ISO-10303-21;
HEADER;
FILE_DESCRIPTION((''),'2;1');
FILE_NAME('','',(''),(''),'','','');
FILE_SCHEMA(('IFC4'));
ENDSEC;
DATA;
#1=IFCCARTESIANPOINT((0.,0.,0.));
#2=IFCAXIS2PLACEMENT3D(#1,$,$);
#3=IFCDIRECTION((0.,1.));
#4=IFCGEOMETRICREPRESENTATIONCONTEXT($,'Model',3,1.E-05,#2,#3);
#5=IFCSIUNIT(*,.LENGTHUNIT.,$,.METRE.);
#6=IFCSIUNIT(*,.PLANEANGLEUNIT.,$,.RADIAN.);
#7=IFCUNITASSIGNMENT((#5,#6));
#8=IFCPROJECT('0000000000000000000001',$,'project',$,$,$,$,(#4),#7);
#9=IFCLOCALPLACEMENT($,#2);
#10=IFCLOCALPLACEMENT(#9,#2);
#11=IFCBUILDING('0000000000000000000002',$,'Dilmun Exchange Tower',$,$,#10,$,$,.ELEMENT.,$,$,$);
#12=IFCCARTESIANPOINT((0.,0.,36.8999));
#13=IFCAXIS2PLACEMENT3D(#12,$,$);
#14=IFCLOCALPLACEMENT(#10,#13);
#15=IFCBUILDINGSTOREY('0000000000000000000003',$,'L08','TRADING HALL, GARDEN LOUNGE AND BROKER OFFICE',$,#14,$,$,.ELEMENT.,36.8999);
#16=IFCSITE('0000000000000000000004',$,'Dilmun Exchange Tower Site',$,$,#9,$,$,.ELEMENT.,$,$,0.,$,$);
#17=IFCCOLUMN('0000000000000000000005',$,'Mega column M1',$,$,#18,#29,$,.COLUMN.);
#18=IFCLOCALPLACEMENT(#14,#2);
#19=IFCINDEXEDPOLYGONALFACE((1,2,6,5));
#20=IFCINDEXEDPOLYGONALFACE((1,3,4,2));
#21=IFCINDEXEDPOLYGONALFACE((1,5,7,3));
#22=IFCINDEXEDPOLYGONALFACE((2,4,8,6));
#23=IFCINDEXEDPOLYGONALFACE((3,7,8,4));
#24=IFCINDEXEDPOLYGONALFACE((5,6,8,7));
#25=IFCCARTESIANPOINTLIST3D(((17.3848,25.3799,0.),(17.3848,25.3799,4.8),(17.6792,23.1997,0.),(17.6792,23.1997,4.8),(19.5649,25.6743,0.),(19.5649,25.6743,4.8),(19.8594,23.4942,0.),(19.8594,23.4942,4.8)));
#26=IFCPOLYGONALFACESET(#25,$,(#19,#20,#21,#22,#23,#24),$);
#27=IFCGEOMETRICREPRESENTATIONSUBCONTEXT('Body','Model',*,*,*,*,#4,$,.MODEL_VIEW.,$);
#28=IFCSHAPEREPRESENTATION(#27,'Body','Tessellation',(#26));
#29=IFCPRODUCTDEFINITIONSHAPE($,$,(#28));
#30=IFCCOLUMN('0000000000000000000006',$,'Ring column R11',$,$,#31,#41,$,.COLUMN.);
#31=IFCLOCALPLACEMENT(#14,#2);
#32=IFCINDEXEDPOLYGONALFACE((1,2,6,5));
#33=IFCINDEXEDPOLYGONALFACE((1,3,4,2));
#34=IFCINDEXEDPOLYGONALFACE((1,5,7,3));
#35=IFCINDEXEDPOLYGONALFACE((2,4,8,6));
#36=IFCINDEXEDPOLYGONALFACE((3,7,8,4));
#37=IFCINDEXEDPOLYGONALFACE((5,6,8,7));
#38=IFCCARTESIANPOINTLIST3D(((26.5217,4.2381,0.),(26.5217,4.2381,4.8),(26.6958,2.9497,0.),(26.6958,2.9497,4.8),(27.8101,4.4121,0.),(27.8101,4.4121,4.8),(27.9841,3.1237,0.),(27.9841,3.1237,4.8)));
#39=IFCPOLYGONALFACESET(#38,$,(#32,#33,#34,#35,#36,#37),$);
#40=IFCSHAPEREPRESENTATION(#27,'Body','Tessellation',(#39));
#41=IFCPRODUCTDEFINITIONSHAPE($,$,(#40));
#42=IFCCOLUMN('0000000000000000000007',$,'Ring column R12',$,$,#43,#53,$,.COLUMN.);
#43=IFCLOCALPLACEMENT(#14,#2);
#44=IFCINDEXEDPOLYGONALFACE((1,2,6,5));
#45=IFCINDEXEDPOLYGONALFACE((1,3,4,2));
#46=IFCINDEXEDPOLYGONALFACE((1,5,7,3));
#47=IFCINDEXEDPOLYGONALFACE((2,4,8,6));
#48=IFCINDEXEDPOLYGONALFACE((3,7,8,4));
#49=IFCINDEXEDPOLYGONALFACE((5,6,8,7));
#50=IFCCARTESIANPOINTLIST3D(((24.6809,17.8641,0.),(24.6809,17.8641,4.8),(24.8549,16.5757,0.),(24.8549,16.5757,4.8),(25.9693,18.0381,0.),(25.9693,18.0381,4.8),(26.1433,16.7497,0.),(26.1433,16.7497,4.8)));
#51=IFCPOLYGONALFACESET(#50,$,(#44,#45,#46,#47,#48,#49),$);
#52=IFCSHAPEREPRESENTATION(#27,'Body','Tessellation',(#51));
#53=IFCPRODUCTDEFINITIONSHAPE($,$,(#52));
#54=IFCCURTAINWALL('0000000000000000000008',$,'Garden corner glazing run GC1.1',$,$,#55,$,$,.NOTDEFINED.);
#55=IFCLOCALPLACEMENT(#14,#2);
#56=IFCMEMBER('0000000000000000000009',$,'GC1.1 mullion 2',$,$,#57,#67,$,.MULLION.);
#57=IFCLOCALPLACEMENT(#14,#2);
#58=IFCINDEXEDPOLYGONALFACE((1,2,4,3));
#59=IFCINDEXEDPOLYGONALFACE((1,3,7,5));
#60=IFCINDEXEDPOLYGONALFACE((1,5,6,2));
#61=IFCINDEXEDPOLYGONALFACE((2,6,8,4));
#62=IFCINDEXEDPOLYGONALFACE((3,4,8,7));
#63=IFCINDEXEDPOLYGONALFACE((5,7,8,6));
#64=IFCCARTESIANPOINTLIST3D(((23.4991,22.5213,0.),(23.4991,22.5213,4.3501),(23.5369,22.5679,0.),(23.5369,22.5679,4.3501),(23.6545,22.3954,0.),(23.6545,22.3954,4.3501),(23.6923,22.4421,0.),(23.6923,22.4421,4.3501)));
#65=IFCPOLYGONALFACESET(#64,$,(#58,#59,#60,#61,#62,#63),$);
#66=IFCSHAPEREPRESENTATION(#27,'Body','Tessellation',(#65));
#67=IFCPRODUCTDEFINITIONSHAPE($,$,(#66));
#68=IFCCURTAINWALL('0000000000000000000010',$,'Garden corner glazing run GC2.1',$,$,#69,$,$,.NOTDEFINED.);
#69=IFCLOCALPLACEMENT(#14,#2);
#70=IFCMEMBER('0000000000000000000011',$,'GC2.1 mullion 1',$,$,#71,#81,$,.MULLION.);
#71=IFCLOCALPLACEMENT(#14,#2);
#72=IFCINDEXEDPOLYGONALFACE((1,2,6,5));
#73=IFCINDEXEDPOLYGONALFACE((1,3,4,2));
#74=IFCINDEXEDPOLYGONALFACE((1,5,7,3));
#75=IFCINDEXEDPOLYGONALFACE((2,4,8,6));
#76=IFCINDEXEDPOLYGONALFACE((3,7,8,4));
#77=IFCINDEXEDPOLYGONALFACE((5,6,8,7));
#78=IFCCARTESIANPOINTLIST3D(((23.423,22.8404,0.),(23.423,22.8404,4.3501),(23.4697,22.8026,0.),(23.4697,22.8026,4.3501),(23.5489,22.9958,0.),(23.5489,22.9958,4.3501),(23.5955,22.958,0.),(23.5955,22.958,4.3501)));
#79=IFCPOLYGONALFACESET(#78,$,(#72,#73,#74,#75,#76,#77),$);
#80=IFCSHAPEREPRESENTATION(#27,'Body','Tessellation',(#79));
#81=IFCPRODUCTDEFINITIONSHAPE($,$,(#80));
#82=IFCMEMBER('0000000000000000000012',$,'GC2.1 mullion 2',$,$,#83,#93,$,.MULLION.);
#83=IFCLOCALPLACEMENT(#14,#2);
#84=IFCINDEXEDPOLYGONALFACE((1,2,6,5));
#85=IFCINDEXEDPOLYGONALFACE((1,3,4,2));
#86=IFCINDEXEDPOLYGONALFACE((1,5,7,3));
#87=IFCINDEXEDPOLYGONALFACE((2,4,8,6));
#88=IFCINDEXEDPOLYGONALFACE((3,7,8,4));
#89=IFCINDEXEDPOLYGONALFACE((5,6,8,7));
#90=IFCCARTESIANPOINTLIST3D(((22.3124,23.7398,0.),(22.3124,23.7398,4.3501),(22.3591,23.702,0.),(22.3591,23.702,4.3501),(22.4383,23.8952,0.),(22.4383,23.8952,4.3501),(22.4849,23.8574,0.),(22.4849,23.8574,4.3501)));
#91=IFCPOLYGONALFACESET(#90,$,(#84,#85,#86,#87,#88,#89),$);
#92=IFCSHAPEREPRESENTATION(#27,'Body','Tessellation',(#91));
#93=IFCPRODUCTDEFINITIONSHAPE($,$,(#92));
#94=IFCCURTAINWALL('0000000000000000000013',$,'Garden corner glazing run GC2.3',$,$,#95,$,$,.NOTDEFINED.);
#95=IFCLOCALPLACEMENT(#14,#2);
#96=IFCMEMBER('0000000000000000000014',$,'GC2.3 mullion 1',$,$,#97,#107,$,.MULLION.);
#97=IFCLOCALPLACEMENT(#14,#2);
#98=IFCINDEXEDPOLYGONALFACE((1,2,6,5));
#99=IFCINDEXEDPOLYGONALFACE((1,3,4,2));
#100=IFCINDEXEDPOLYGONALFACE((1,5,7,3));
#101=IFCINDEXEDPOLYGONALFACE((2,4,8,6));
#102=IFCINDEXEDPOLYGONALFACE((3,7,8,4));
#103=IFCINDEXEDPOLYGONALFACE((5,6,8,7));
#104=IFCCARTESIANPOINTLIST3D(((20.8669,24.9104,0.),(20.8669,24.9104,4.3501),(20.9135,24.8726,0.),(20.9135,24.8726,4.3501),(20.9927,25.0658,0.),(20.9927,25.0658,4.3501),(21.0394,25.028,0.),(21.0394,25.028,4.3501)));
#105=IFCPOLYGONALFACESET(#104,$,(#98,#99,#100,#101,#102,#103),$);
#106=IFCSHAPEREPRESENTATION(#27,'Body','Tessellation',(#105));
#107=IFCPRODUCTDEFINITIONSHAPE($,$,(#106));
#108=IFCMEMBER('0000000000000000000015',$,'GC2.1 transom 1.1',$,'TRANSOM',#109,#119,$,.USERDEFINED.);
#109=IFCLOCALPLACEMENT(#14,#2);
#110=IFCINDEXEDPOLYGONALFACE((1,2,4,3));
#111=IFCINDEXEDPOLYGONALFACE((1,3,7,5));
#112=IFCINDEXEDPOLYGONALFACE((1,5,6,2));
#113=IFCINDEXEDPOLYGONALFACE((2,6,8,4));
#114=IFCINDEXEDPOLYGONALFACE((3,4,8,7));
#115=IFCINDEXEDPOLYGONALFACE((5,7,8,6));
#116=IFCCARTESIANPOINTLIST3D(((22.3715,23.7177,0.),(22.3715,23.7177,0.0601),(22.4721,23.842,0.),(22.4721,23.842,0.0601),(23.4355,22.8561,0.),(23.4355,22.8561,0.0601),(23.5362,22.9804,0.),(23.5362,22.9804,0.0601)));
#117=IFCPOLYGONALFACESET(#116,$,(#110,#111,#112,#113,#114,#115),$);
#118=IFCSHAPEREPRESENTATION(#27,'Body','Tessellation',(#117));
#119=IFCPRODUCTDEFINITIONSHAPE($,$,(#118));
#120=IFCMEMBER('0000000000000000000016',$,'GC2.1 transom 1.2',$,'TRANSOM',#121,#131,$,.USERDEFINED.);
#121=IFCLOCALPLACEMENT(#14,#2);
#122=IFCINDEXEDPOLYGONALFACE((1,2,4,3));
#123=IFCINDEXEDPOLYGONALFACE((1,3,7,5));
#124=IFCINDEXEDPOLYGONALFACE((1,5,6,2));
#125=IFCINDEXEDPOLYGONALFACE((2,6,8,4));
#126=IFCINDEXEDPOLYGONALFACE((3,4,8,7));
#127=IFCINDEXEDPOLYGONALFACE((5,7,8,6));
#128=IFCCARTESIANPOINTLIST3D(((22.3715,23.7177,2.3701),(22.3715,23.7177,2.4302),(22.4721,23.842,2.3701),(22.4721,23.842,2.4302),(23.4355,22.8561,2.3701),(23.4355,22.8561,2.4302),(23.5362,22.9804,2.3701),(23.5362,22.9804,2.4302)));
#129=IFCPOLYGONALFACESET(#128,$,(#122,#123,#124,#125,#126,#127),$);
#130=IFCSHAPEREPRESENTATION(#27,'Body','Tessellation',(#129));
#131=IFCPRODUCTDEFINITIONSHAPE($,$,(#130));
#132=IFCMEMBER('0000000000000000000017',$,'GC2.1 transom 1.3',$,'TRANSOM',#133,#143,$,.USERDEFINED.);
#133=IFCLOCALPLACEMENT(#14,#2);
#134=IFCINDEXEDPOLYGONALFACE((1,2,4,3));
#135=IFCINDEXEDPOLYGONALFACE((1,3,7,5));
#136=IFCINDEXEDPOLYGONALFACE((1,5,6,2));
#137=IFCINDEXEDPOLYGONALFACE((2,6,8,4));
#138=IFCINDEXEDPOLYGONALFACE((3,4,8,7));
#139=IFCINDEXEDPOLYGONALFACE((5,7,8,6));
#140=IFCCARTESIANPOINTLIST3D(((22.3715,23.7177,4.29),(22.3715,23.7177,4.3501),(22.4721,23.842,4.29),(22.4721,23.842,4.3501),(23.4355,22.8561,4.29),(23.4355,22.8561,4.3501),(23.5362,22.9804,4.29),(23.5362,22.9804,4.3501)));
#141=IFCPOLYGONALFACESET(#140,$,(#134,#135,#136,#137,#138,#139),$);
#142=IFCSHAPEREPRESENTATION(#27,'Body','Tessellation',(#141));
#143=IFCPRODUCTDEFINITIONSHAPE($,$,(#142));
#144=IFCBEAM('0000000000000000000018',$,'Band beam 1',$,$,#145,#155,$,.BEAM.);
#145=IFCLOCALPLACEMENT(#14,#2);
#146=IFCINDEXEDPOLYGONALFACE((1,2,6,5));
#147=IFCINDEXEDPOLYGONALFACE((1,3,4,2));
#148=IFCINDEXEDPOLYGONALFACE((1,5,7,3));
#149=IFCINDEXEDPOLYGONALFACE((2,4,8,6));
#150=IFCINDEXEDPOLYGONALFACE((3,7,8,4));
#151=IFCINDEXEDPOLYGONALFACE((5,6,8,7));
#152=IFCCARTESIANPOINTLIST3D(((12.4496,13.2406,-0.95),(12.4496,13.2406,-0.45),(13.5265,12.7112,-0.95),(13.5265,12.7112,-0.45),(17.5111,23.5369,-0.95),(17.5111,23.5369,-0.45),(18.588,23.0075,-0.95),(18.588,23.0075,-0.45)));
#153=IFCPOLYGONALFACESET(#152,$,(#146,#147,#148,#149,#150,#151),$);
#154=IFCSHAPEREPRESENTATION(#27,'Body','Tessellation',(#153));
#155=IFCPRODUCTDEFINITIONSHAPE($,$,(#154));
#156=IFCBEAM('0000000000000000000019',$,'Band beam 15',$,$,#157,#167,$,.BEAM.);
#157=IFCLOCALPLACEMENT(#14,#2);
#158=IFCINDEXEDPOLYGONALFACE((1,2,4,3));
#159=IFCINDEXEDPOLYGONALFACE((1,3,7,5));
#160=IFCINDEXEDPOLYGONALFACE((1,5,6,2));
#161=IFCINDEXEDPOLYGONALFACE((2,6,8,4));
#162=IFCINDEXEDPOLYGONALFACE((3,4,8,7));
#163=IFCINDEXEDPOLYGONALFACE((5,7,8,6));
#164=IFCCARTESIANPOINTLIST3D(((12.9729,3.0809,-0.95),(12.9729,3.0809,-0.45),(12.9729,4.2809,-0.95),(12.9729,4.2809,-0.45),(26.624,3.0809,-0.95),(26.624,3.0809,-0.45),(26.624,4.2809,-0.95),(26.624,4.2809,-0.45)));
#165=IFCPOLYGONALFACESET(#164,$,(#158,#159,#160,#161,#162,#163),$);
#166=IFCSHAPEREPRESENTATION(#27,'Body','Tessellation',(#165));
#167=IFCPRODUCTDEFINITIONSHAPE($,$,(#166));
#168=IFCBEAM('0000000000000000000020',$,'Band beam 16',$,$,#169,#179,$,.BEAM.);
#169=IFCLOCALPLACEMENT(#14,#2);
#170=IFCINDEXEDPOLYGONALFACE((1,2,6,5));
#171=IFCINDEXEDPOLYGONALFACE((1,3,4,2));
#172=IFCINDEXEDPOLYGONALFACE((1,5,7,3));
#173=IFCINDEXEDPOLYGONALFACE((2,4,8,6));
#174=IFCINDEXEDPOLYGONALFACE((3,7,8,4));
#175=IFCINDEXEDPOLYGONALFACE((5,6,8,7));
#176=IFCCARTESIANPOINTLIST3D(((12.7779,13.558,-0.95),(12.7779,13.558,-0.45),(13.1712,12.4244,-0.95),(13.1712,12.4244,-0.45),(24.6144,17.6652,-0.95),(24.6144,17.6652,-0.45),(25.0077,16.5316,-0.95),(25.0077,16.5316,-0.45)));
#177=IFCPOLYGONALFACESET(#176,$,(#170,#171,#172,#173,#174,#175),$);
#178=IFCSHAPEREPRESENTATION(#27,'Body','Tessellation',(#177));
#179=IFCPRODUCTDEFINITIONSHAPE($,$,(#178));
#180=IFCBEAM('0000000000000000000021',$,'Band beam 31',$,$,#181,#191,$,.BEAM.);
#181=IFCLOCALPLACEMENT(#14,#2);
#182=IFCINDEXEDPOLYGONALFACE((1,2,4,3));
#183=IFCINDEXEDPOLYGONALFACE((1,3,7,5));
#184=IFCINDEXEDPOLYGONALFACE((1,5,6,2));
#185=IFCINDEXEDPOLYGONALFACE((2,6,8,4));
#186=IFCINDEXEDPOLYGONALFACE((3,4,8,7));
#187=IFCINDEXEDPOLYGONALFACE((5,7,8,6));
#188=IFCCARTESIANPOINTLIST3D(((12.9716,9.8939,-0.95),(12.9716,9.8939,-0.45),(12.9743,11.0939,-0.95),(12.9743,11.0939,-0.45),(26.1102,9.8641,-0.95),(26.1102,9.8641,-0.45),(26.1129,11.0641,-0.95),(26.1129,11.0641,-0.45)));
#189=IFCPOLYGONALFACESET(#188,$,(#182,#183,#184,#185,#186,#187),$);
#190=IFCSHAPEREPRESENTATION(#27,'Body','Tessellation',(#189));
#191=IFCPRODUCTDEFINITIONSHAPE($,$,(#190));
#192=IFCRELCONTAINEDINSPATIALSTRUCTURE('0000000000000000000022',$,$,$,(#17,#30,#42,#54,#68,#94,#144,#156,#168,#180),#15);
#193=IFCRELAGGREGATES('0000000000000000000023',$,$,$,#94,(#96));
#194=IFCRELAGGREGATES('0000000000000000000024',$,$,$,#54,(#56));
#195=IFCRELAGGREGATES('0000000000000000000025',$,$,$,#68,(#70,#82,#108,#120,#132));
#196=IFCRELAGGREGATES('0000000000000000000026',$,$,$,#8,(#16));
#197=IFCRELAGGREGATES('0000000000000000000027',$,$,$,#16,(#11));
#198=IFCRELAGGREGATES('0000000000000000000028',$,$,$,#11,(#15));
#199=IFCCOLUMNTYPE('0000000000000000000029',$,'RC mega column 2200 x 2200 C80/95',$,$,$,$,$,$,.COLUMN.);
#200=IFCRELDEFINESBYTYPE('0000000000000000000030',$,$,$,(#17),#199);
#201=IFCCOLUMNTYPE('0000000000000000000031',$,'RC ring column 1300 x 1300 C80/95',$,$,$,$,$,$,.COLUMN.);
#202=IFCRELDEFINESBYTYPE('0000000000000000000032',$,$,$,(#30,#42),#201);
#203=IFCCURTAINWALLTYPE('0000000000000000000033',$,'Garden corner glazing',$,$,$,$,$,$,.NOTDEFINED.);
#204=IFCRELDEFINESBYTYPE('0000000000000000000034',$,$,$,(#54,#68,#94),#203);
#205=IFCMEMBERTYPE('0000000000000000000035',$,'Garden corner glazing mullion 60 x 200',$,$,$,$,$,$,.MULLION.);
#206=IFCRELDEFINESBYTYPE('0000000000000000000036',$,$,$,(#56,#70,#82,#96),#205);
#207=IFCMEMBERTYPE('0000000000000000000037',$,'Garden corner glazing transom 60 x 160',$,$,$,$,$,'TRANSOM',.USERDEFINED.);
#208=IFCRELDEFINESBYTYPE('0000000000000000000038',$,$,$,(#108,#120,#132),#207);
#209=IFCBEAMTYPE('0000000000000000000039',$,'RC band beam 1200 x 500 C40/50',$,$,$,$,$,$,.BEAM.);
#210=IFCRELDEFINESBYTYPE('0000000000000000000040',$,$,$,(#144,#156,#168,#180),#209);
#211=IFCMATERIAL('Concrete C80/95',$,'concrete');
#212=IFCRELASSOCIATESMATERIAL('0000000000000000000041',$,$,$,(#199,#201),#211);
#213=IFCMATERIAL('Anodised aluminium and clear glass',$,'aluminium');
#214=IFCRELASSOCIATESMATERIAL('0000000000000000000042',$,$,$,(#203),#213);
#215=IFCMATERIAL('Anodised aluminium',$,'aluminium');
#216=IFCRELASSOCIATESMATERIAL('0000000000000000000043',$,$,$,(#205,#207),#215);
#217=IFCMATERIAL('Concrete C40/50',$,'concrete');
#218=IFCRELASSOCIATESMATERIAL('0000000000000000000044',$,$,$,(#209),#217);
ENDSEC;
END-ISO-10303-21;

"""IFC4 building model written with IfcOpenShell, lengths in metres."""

from ifc_helpers import new_model, si_unit, direction, frame, origin, origin_2d, place, context, subcontext, project, spatial, rectangle, extrude, material, material_profile, profile_set, type_object, element, aggregate, save


model = new_model("IFC4")

# Units and contexts
model_context = context("Model", 3, precision=1e-05, world=origin(), true_north=direction((0.0, 1.0)))
body_context = subcontext(model_context, "Body", "Model", "MODEL_VIEW")
ifc_project = project(units=[si_unit("LENGTHUNIT", "METRE"), si_unit("PLANEANGLEUNIT", "RADIAN")], contexts=[model_context])

# Site, building, storey
site_placement = place(None, origin())
site = spatial("IfcSite", under=ifc_project, at=site_placement, Name="Dilmun Exchange Tower Site", CompositionType="ELEMENT", RefElevation=0.0)
building_placement = place(site_placement, origin())
building = spatial("IfcBuilding", under=site, at=building_placement, Name="Dilmun Exchange Tower", CompositionType="ELEMENT")
storey_placement = place(building_placement, frame((0.0, 0.0, 36.8999)))
storey = spatial("IfcBuildingStorey", under=building, at=storey_placement, Name="L08", Description="TRADING HALL, GARDEN LOUNGE AND BROKER OFFICE", CompositionType="ELEMENT", Elevation=36.8999)

# Columns
ifc_material_1 = material(Name="Concrete C80/95", Category="concrete")
ifc_material_profile_1 = material_profile(ifc_material_1, rectangle(XDim=2.2, YDim=2.2, at=origin_2d()), Name="2200 x 2200")
ifc_profile_set_1 = profile_set([ifc_material_profile_1], Name="Concrete C80/95")
column_type_1 = type_object("IfcColumnType", Name="RC mega column 2200 x 2200 C80/95", PredefinedType="COLUMN", material=ifc_profile_set_1)
column_placement = place(storey_placement, frame((18.6221, 24.437, 0.0), z_axis=(0.0, 0.0, 1.0), x_axis=(0.991001, 0.133853, 0.0)))
element("IfcColumn", 1, at=column_placement, inside=storey, type_object=column_type_1, Name="Mega column M1", PredefinedType="COLUMN", context=body_context, shape_type="SweptSolid", body=[
    extrude(rectangle(XDim=2.2, YDim=2.2, at=origin_2d()), origin(), (0.0, 0.0, 1.0), 4.8),
])
ifc_material_profile_2 = material_profile(ifc_material_1, rectangle(XDim=1.3, YDim=1.3, at=origin_2d()), Name="1300 x 1300")
ifc_profile_set_2 = profile_set([ifc_material_profile_2], Name="Concrete C80/95")
column_type_2 = type_object("IfcColumnType", Name="RC ring column 1300 x 1300 C80/95", PredefinedType="COLUMN", material=ifc_profile_set_2)
for number, where, z_axis, x_axis, name in (
    (2, (27.2529, 3.6809, 0.0), (0.0, 0.0, 1.0), (0.991001, 0.133853, 0.0), "Ring column R11"),
    (3, (25.4121, 17.3069, 0.0), (0.0, 0.0, 1.0), (0.991001, 0.133853, 0.0), "Ring column R12"),
):
    element("IfcColumn", number, at=place(storey_placement, frame(where, z_axis=z_axis, x_axis=x_axis)), inside=storey, type_object=column_type_2, Name=name, PredefinedType="COLUMN", context=body_context, shape_type="SweptSolid", body=[
        extrude(rectangle(XDim=1.3, YDim=1.3, at=origin_2d()), origin(), (0.0, 0.0, 1.0), 4.8),
    ])

# Curtain wall, member
ifc_material_2 = material(Name="Anodised aluminium and clear glass", Category="aluminium")
curtain_wall_type = type_object("IfcCurtainWallType", Name="Garden corner glazing", PredefinedType="NOTDEFINED", material=ifc_material_2)
curtain_wall_1_placement = place(storey_placement, origin())
curtain_wall_1 = element("IfcCurtainWall", 4, at=curtain_wall_1_placement, inside=storey, type_object=curtain_wall_type, Name="Garden corner glazing run GC1.1", PredefinedType="NOTDEFINED")
ifc_material_3 = material(Name="Anodised aluminium", Category="aluminium")
ifc_material_profile_3 = material_profile(ifc_material_3, rectangle(XDim=0.2, YDim=0.0601, at=origin_2d()), Name="AL 60x200")
ifc_profile_set_3 = profile_set([ifc_material_profile_3], Name="Anodised aluminium")
member_type_1 = type_object("IfcMemberType", Name="Garden corner glazing mullion 60 x 200", PredefinedType="MULLION", material=ifc_profile_set_3)
member_1_placement = place(storey_placement, frame((23.5957, 22.4817, 0.0), z_axis=(0.0, 0.0, 1.0), x_axis=(0.777139, -0.629329, 0.0)))
member_1 = element("IfcMember", 5, at=member_1_placement, type_object=member_type_1, Name="GC1.1 mullion 2", PredefinedType="MULLION", context=body_context, shape_type="SweptSolid", body=[
    extrude(rectangle(XDim=0.2, YDim=0.0601, at=origin_2d()), origin(), (0.0, 0.0, 1.0), 4.3501),
])

# Curtain wall, members
curtain_wall_2_placement = place(storey_placement, origin())
curtain_wall_2 = element("IfcCurtainWall", 6, at=curtain_wall_2_placement, inside=storey, type_object=curtain_wall_type, Name="Garden corner glazing run GC2.1", PredefinedType="NOTDEFINED")
member_2_placement = place(storey_placement, frame((23.5093, 22.8992, 0.0), z_axis=(0.0, 0.0, 1.0), x_axis=(-0.629328, -0.77714, 0.0)))
member_2 = element("IfcMember", 7, at=member_2_placement, type_object=member_type_1, Name="GC2.1 mullion 1", PredefinedType="MULLION", context=body_context, shape_type="SweptSolid", body=[
    extrude(rectangle(XDim=0.2, YDim=0.0601, at=origin_2d()), origin(), (0.0, 0.0, 1.0), 4.3501),
])
member_3_placement = place(storey_placement, frame((22.3987, 23.7986, 0.0), z_axis=(0.0, 0.0, 1.0), x_axis=(-0.629328, -0.77714, 0.0)))
member_3 = element("IfcMember", 8, at=member_3_placement, type_object=member_type_1, Name="GC2.1 mullion 2", PredefinedType="MULLION", context=body_context, shape_type="SweptSolid", body=[
    extrude(rectangle(XDim=0.2, YDim=0.0601, at=origin_2d()), origin(), (0.0, 0.0, 1.0), 4.3501),
])

# Curtain wall, member
curtain_wall_3_placement = place(storey_placement, origin())
curtain_wall_3 = element("IfcCurtainWall", 9, at=curtain_wall_3_placement, inside=storey, type_object=curtain_wall_type, Name="Garden corner glazing run GC2.3", PredefinedType="NOTDEFINED")
member_4_placement = place(storey_placement, frame((20.9531, 24.9692, 0.0), z_axis=(0.0, 0.0, 1.0), x_axis=(-0.629308, -0.777156, 0.0)))
member_4 = element("IfcMember", 10, at=member_4_placement, type_object=member_type_1, Name="GC2.3 mullion 1", PredefinedType="MULLION", context=body_context, shape_type="SweptSolid", body=[
    extrude(rectangle(XDim=0.2, YDim=0.0601, at=origin_2d()), origin(), (0.0, 0.0, 1.0), 4.3501),
])
aggregate(curtain_wall_3, [member_4])

# Members
ifc_material_profile_4 = material_profile(ifc_material_3, rectangle(XDim=0.1599, YDim=0.0601, at=origin_2d()), Name="AL 60x160")
ifc_profile_set_4 = profile_set([ifc_material_profile_4], Name="Anodised aluminium")
member_type_2 = type_object("IfcMemberType", Name="Garden corner glazing transom 60 x 160", ElementType="TRANSOM", PredefinedType="USERDEFINED", material=ifc_profile_set_4)
member_5_placement = place(storey_placement, frame((23.4858, 22.9182, 0.03), z_axis=(-0.777149, 0.629316, 0.0), x_axis=(-0.629316, -0.777149, 0.0)))
member_5 = element("IfcMember", 11, at=member_5_placement, type_object=member_type_2, Name="GC2.1 transom 1.1", ObjectType="TRANSOM", PredefinedType="USERDEFINED", context=body_context, shape_type="SweptSolid", body=[
    extrude(rectangle(XDim=0.1599, YDim=0.0601, at=origin_2d()), origin(), (0.0, 0.0, 1.0), 1.3691),
])
member_6_placement = place(storey_placement, frame((23.4858, 22.9182, 2.4001), z_axis=(-0.777149, 0.629316, 0.0), x_axis=(-0.629316, -0.777149, 0.0)))
member_6 = element("IfcMember", 12, at=member_6_placement, type_object=member_type_2, Name="GC2.1 transom 1.2", ObjectType="TRANSOM", PredefinedType="USERDEFINED", context=body_context, shape_type="SweptSolid", body=[
    extrude(rectangle(XDim=0.1599, YDim=0.0601, at=origin_2d()), origin(), (0.0, 0.0, 1.0), 1.3691),
])
member_7_placement = place(storey_placement, frame((23.4858, 22.9182, 4.3201), z_axis=(-0.777149, 0.629316, 0.0), x_axis=(-0.629316, -0.777149, 0.0)))
member_7 = element("IfcMember", 13, at=member_7_placement, type_object=member_type_2, Name="GC2.1 transom 1.3", ObjectType="TRANSOM", PredefinedType="USERDEFINED", context=body_context, shape_type="SweptSolid", body=[
    extrude(rectangle(XDim=0.1599, YDim=0.0601, at=origin_2d()), origin(), (0.0, 0.0, 1.0), 1.3691),
])

# Beams
ifc_material_4 = material(Name="Concrete C40/50", Category="concrete")
ifc_material_profile_5 = material_profile(ifc_material_4, rectangle(XDim=1.2, YDim=0.5, at=origin_2d()), Name="1200 x 500")
ifc_profile_set_5 = profile_set([ifc_material_profile_5], Name="Concrete C40/50")
beam_type_1 = type_object("IfcBeamType", Name="RC band beam 1200 x 500 C40/50", PredefinedType="BEAM", material=ifc_profile_set_5)
beam_1_placement = place(storey_placement, frame((18.0496, 23.2722, -0.7), z_axis=(-0.44116, -0.897428, 0.0), x_axis=(0.897428, -0.44116, 0.0)))
element("IfcBeam", 14, at=beam_1_placement, inside=storey, type_object=beam_type_1, Name="Band beam 1", PredefinedType="BEAM", context=body_context, shape_type="SweptSolid", body=[
    extrude(rectangle(XDim=1.2, YDim=0.5, at=origin_2d()), origin(), (0.0, 0.0, 1.0), 11.4731),
])
beam_2_placement = place(storey_placement, frame((26.624, 3.6809, -0.7), z_axis=(-1.0, 0.0, 0.0), x_axis=(0.0, -1.0, 0.0)))
element("IfcBeam", 15, at=beam_2_placement, inside=storey, type_object=beam_type_1, Name="Band beam 15", PredefinedType="BEAM", context=body_context, shape_type="SweptSolid", body=[
    extrude(rectangle(XDim=1.2, YDim=0.5, at=origin_2d()), origin(), (0.0, 0.0, 1.0), 13.6511),
])
beam_3_placement = place(storey_placement, frame((24.811, 17.0984, -0.7), z_axis=(-0.94474, -0.32782, 0.0), x_axis=(0.32782, -0.94474, 0.0)))
element("IfcBeam", 16, at=beam_3_placement, inside=storey, type_object=beam_type_1, Name="Band beam 16", PredefinedType="BEAM", context=body_context, shape_type="SweptSolid", body=[
    extrude(rectangle(XDim=1.2, YDim=0.5, at=origin_2d()), origin(), (0.0, 0.0, 1.0), 12.5288),
])
beam_4_placement = place(storey_placement, frame((26.1116, 10.4641, -0.7), z_axis=(-0.999997, 0.002267, 0.0), x_axis=(-0.002267, -0.999997, 0.0)))
element("IfcBeam", 17, at=beam_4_placement, inside=storey, type_object=beam_type_1, Name="Band beam 31", PredefinedType="BEAM", context=body_context, shape_type="SweptSolid", body=[
    extrude(rectangle(XDim=1.2, YDim=0.5, at=origin_2d()), origin(), (0.0, 0.0, 1.0), 13.1387),
])

aggregate(curtain_wall_1, [member_1])
aggregate(curtain_wall_2, [member_2, member_3, member_5, member_6, member_7])

save(model, "model.ifc")
